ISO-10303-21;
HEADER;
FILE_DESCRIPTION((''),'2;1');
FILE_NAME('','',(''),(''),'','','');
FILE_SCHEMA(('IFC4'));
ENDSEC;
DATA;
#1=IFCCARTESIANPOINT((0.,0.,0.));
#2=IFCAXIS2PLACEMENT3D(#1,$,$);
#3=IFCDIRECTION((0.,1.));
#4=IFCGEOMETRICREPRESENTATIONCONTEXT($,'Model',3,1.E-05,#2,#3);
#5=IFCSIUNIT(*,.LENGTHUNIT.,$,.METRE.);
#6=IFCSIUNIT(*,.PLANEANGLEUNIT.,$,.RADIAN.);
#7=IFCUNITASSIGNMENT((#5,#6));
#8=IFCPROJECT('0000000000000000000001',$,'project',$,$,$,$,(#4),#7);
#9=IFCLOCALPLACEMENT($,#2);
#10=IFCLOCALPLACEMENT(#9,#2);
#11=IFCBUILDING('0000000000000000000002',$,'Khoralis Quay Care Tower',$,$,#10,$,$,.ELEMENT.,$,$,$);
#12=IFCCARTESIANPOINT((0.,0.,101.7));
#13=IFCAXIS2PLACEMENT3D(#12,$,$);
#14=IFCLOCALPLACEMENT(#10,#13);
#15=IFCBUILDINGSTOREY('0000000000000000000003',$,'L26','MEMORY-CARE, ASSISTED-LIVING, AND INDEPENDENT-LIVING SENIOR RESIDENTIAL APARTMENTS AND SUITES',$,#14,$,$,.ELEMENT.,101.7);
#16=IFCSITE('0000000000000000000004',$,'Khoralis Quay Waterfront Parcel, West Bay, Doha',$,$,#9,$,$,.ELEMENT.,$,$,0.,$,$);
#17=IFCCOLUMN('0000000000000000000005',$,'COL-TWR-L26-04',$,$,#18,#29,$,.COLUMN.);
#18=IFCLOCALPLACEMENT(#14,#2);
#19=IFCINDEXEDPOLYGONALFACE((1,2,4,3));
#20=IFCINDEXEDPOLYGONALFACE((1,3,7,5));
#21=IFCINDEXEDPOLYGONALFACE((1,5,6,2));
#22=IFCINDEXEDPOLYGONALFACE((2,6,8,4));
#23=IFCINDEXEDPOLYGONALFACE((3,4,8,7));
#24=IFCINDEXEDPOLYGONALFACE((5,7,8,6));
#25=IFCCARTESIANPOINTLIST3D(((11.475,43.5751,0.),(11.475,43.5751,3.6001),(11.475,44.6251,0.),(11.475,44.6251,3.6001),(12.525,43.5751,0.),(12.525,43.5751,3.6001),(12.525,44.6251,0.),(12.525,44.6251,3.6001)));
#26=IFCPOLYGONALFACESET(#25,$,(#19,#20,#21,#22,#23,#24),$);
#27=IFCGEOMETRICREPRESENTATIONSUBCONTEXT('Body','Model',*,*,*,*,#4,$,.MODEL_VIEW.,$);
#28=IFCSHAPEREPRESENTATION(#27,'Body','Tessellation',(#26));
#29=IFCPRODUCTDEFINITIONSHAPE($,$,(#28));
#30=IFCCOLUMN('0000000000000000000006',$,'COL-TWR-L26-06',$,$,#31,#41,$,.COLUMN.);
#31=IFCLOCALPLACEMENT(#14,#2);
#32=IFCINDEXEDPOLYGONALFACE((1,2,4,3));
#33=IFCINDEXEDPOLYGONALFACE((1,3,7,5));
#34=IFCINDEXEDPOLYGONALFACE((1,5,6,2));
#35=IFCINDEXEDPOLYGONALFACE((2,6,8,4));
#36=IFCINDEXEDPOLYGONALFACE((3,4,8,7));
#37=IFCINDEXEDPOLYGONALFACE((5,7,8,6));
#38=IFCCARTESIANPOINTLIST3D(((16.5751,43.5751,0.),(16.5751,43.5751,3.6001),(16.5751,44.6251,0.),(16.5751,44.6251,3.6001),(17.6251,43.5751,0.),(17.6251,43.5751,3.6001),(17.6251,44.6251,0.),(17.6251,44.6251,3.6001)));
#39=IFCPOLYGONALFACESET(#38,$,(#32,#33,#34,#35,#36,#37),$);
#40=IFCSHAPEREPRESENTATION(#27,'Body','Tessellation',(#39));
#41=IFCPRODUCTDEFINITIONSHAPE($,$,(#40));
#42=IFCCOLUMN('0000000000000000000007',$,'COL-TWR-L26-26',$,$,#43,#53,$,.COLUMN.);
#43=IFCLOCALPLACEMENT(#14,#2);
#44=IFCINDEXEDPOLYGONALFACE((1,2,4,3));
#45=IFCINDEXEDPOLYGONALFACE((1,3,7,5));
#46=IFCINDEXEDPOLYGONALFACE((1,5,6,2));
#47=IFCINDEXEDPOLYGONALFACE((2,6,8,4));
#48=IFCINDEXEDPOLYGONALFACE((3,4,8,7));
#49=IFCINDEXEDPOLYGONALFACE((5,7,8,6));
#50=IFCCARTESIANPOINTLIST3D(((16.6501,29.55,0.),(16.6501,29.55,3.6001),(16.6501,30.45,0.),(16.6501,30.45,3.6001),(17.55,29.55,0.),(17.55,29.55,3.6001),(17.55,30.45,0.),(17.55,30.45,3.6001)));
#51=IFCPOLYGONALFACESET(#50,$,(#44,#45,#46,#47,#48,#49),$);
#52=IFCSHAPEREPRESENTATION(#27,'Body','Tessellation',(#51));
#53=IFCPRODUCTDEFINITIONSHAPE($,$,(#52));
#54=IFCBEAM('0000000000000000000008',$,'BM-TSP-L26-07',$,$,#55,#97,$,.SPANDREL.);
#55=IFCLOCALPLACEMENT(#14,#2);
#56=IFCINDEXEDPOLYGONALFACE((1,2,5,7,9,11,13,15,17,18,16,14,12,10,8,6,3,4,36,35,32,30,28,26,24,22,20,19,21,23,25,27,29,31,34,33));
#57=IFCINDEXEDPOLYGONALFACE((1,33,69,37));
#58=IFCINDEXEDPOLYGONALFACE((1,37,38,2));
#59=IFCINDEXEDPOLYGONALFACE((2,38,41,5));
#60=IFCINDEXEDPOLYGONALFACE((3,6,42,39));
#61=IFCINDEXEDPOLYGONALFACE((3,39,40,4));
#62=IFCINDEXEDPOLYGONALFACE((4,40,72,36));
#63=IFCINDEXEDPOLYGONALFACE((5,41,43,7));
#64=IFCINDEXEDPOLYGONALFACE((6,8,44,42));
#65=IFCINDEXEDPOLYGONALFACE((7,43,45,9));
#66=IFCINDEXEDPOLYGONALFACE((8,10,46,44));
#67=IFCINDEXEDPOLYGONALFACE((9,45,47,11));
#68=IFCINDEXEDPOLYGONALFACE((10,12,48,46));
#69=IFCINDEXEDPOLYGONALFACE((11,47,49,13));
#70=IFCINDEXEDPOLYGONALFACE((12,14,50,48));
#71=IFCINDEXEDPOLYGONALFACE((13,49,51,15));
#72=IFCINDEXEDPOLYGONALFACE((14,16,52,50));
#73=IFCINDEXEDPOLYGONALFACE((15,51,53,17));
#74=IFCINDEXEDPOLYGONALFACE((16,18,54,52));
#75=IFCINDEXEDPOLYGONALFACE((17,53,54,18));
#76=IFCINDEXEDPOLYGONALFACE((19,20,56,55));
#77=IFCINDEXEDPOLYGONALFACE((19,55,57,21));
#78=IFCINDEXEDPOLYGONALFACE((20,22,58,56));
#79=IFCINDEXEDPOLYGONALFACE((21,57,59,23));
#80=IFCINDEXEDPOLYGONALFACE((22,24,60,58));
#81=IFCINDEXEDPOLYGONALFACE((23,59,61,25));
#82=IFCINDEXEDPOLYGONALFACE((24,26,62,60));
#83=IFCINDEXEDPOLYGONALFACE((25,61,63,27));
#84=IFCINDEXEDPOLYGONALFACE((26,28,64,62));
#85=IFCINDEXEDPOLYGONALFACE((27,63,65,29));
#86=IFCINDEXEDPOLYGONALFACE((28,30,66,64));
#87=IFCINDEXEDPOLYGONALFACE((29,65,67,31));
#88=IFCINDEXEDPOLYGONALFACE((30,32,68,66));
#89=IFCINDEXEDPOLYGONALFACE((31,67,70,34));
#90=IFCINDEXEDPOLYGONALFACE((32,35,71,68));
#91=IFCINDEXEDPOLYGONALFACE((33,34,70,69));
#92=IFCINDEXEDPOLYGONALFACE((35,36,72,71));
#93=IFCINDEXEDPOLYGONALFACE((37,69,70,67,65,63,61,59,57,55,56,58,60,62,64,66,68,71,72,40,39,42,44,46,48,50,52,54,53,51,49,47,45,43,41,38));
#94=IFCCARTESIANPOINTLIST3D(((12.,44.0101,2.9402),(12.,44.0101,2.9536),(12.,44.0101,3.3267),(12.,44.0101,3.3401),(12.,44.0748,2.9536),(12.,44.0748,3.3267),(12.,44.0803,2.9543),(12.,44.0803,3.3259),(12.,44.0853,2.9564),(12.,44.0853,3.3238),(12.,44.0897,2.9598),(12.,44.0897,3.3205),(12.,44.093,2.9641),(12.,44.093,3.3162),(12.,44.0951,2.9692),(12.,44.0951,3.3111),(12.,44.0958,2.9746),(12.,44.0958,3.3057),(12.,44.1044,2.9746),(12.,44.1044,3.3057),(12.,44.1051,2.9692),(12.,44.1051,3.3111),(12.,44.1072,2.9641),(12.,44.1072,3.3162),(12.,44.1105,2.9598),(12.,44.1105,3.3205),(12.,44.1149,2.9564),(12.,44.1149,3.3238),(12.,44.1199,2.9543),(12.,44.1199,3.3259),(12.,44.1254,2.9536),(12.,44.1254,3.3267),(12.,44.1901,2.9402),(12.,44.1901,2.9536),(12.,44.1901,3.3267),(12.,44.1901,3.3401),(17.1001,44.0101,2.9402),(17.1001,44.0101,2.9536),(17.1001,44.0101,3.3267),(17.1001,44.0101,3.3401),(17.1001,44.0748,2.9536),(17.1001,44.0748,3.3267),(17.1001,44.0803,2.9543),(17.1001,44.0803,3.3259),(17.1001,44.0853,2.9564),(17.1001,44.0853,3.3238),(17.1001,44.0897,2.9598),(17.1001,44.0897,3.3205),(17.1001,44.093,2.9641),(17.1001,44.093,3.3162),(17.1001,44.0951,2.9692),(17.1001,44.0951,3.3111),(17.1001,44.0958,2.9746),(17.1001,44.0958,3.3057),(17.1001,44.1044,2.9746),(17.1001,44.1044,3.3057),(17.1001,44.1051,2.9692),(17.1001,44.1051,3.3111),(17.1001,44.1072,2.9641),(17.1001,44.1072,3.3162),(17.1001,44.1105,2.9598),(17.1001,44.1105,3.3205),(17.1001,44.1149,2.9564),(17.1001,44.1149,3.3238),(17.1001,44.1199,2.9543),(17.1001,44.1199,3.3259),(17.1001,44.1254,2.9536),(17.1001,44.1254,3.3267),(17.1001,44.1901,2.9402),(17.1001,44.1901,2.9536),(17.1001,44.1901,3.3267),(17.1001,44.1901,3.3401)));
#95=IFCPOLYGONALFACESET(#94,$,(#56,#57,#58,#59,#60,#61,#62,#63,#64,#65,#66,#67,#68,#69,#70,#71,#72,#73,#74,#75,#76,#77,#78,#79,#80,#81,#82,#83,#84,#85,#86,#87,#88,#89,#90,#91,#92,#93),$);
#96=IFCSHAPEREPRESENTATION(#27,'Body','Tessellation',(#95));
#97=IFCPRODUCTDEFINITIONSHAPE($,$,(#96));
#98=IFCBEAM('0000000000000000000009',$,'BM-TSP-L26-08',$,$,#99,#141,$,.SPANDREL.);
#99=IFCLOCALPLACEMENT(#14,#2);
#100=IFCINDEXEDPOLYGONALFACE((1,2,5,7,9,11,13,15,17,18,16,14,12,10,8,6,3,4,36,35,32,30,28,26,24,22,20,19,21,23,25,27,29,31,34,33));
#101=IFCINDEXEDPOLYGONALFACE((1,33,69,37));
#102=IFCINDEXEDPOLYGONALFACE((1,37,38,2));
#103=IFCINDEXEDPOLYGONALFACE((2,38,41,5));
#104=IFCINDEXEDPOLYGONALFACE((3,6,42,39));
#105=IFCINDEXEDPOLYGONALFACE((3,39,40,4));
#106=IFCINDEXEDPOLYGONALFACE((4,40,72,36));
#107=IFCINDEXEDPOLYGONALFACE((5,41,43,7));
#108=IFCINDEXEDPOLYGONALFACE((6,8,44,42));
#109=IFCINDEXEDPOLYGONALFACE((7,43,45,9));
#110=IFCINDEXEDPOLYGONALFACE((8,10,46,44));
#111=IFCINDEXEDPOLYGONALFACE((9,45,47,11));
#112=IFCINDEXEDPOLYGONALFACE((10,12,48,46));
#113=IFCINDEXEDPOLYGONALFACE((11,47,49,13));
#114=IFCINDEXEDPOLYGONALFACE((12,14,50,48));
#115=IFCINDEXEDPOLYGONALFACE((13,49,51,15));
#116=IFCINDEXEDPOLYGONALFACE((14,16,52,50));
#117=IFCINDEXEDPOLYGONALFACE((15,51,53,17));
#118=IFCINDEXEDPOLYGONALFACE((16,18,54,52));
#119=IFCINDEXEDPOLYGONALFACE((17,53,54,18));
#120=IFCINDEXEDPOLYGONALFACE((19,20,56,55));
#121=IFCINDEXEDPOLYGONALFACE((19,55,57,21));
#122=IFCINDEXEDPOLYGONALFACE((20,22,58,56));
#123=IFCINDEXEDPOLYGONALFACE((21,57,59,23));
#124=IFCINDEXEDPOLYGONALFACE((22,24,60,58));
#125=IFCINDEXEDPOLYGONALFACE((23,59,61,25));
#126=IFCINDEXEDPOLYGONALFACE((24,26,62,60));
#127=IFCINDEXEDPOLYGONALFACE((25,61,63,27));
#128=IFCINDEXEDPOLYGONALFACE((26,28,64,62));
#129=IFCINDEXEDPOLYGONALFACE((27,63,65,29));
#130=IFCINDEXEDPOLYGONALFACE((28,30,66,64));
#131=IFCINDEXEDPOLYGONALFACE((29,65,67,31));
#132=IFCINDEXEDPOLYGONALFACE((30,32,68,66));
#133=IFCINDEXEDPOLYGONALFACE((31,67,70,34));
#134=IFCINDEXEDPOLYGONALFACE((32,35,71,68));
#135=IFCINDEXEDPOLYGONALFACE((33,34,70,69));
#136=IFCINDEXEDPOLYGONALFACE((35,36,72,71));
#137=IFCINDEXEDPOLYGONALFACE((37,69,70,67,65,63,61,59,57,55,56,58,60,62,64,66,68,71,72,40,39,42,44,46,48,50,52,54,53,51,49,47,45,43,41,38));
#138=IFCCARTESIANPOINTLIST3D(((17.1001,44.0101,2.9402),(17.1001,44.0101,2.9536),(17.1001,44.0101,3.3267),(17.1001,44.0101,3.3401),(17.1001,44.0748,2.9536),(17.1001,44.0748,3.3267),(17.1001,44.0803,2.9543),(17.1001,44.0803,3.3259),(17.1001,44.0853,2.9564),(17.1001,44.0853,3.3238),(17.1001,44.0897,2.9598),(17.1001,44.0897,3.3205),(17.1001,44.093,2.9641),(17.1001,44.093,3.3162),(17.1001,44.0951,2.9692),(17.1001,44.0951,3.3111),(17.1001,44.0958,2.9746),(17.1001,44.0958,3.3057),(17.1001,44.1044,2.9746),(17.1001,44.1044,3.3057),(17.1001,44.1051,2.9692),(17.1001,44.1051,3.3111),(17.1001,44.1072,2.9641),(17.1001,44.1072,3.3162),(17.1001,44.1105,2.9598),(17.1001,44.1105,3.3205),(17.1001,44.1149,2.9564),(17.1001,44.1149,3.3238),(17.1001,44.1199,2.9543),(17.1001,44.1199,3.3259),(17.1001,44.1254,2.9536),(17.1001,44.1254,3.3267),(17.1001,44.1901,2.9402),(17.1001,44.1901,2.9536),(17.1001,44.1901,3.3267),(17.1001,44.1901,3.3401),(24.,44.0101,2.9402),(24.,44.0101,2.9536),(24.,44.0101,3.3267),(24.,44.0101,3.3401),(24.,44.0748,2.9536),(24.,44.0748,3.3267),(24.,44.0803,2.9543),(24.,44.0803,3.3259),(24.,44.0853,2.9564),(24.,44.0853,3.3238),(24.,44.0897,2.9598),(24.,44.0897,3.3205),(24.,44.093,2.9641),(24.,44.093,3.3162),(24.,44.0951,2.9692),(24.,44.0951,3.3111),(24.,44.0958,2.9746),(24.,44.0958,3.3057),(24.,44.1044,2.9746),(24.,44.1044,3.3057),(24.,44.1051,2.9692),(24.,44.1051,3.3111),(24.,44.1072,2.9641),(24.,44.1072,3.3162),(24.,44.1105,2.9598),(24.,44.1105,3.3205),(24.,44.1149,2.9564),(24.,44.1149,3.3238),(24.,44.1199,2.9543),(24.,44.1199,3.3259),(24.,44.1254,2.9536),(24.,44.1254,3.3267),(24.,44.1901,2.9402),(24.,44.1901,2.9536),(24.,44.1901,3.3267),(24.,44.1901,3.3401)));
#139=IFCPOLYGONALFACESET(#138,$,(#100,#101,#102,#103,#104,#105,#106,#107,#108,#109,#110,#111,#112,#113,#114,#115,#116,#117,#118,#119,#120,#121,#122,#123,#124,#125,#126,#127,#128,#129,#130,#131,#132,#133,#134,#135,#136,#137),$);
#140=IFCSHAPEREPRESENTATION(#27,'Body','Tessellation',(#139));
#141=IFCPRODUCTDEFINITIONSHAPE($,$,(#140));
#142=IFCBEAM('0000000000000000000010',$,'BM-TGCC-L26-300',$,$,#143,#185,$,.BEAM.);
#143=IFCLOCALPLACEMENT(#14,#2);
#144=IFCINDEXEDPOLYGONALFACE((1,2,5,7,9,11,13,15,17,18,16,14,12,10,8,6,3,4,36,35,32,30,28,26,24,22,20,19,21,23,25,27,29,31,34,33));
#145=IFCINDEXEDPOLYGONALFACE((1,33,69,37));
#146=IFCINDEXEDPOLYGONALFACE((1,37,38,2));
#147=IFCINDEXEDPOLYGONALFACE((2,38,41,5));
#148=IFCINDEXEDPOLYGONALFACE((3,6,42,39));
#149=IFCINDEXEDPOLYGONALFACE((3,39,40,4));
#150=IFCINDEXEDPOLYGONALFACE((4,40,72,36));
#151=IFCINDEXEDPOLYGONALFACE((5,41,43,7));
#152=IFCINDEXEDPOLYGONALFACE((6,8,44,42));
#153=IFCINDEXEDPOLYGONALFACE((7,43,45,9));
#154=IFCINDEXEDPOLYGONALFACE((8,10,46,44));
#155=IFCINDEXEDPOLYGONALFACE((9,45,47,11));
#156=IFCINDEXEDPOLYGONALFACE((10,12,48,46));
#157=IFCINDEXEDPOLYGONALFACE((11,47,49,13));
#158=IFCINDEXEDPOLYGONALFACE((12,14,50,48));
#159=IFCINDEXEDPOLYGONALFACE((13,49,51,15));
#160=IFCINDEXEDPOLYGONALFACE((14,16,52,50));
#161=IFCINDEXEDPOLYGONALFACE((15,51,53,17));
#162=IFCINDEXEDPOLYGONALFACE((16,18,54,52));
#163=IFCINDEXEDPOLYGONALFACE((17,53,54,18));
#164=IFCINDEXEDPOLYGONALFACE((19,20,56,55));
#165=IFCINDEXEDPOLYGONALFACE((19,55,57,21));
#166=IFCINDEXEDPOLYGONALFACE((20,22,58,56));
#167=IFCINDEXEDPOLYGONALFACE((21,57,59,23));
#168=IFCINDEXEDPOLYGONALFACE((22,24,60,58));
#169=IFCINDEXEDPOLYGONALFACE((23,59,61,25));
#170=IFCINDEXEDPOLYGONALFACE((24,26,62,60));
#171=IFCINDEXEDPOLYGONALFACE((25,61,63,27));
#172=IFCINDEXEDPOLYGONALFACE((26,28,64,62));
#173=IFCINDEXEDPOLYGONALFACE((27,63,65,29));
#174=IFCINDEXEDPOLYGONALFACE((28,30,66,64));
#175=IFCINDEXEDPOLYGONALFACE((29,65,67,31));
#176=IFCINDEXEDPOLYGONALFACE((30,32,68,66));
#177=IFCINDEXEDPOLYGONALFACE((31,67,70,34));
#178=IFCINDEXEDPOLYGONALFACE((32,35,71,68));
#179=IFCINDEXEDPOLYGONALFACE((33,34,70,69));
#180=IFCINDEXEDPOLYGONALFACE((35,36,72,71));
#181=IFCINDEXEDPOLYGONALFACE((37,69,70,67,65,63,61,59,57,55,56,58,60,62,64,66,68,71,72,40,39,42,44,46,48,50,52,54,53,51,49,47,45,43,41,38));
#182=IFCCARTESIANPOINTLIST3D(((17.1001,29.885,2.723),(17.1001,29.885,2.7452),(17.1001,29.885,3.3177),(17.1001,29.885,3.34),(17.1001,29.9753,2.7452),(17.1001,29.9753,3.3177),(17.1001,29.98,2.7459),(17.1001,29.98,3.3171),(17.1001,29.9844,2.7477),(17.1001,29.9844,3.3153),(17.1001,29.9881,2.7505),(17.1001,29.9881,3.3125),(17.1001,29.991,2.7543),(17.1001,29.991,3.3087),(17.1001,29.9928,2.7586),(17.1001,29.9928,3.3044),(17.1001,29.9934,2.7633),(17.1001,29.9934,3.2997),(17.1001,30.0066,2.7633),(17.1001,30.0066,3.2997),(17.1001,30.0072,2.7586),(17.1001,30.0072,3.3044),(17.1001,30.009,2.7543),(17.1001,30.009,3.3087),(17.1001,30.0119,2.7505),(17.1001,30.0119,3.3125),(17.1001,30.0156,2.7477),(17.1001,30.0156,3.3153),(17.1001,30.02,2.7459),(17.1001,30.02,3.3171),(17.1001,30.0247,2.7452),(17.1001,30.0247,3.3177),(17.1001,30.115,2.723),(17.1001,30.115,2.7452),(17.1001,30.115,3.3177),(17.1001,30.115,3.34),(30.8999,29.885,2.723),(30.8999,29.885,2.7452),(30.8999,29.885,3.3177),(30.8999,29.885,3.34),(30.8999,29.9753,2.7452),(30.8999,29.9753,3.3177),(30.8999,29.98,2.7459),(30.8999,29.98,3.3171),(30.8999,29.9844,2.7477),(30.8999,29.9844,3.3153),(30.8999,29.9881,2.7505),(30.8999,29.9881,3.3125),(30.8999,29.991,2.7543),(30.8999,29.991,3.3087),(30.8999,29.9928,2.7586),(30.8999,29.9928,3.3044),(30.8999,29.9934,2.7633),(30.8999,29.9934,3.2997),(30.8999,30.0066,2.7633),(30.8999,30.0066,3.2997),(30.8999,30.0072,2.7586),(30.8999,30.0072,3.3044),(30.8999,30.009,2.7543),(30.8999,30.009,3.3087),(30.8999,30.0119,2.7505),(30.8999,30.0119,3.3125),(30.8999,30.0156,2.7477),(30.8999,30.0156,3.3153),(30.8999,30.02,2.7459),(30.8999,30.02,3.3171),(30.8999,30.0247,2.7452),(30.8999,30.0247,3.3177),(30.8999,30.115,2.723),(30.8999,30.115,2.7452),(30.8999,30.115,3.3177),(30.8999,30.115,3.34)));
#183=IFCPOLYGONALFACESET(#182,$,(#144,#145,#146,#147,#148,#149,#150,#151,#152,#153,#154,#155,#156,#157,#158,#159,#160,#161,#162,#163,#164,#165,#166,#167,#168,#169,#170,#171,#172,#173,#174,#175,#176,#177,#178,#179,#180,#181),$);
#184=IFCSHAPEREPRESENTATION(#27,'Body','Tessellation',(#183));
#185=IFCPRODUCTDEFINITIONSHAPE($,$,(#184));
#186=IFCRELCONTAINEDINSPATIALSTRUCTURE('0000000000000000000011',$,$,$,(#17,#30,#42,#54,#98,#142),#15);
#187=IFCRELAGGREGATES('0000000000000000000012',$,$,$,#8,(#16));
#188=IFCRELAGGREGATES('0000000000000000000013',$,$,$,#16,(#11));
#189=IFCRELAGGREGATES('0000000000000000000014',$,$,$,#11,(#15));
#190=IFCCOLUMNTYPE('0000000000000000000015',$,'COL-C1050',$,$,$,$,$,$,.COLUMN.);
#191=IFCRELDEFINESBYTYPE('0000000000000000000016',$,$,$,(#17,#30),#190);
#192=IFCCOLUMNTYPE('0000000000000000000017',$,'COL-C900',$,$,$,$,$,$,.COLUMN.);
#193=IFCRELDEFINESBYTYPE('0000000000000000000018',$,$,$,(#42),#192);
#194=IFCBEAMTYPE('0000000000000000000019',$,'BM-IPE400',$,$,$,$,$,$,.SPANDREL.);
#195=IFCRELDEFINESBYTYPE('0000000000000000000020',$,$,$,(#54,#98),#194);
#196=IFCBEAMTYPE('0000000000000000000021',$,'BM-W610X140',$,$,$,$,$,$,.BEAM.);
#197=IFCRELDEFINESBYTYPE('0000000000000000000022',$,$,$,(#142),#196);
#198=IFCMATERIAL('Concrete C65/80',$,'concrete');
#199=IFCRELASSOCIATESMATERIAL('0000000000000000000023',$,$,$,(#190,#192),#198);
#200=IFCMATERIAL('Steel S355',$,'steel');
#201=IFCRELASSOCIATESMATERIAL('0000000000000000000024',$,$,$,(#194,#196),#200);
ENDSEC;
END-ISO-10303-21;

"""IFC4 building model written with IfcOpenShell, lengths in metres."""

from ifc_helpers import new_model, si_unit, direction, frame, origin, origin_2d, place, context, subcontext, project, spatial, rectangle, i_section, extrude, source, transform, mapped, material, material_profile, profile_set, type_object, element, save


model = new_model("IFC4")

# Units and contexts
model_context = context("Model", 3, precision=1e-05, world=origin(), true_north=direction((0.0, 1.0)))
body_context = subcontext(model_context, "Body", "Model", "MODEL_VIEW")
ifc_project = project(units=[si_unit("LENGTHUNIT", "METRE"), si_unit("PLANEANGLEUNIT", "RADIAN")], contexts=[model_context])

# Site, building, storey
site_placement = place(None, origin())
site = spatial("IfcSite", under=ifc_project, at=site_placement, Name="Khoralis Quay Waterfront Parcel, West Bay, Doha", CompositionType="ELEMENT", RefElevation=0.0)
building_placement = place(site_placement, origin())
building = spatial("IfcBuilding", under=site, at=building_placement, Name="Khoralis Quay Care Tower", CompositionType="ELEMENT")
storey_placement = place(building_placement, frame((0.0, 0.0, 101.7)))
storey = spatial("IfcBuildingStorey", under=building, at=storey_placement, Name="L26", Description="MEMORY-CARE, ASSISTED-LIVING, AND INDEPENDENT-LIVING SENIOR RESIDENTIAL APARTMENTS AND SUITES", CompositionType="ELEMENT", Elevation=101.7)

# Columns
ifc_material_1 = material(Name="Concrete C65/80", Category="concrete")
ifc_material_profile_1 = material_profile(ifc_material_1, rectangle(XDim=1.05, YDim=1.05, at=origin_2d()), Name="Concrete C65/80")
ifc_profile_set_1 = profile_set([ifc_material_profile_1], Name="Concrete C65/80")
column_type_1 = type_object("IfcColumnType", Name="COL-C1050", PredefinedType="COLUMN", material=ifc_profile_set_1)
shared_shape_1 = source(origin(), body_context, "Body", "SweptSolid", [
    extrude(rectangle(XDim=1.05, YDim=1.05, at=origin_2d()), origin(), (0.0, 0.0, 1.0), 3.6001),
])
for number, where, z_axis, x_axis, name in (
    (1, (12.0, 44.1001, 0.0), (0.0, 0.0, 1.0), (1.0, 0.0, 0.0), "COL-TWR-L26-04"),
    (2, (17.1001, 44.1001, 0.0), (0.0, 0.0, 1.0), (1.0, 0.0, 0.0), "COL-TWR-L26-06"),
):
    element("IfcColumn", number, at=place(storey_placement, frame(where, z_axis=z_axis, x_axis=x_axis)), inside=storey, type_object=column_type_1, Name=name, PredefinedType="COLUMN", context=body_context, shape_type="MappedRepresentation", body=[
        mapped(shared_shape_1, transform((0.0, 0.0, 0.0), scale=1.0)),
    ])
ifc_material_profile_2 = material_profile(ifc_material_1, rectangle(XDim=0.8999, YDim=0.8999, at=origin_2d()), Name="Concrete C65/80")
ifc_profile_set_2 = profile_set([ifc_material_profile_2], Name="Concrete C65/80")
column_type_2 = type_object("IfcColumnType", Name="COL-C900", PredefinedType="COLUMN", material=ifc_profile_set_2)
shared_shape_2 = source(origin(), body_context, "Body", "SweptSolid", [
    extrude(rectangle(XDim=0.8999, YDim=0.8999, at=origin_2d()), origin(), (0.0, 0.0, 1.0), 3.6001),
])
column_placement = place(storey_placement, frame((17.1001, 30.0, 0.0), z_axis=(0.0, 0.0, 1.0), x_axis=(1.0, 0.0, 0.0)))
element("IfcColumn", 3, at=column_placement, inside=storey, type_object=column_type_2, Name="COL-TWR-L26-26", PredefinedType="COLUMN", context=body_context, shape_type="MappedRepresentation", body=[
    mapped(shared_shape_2, transform((0.0, 0.0, 0.0), scale=1.0)),
])

# Beams
ifc_material_2 = material(Name="Steel S355", Category="steel")
ifc_material_profile_3 = material_profile(ifc_material_2, i_section(OverallWidth=0.1799, OverallDepth=0.3999, WebThickness=0.0085, FlangeThickness=0.0134, FilletRadius=0.021, at=origin_2d()), Name="Steel S355")
ifc_profile_set_3 = profile_set([ifc_material_profile_3], Name="Steel S355")
beam_type_1 = type_object("IfcBeamType", Name="BM-IPE400", PredefinedType="SPANDREL", material=ifc_profile_set_3)
shared_shape_3 = source(origin(), body_context, "Body", "SweptSolid", [
    extrude(i_section(OverallWidth=0.1799, OverallDepth=0.3999, WebThickness=0.0085, FlangeThickness=0.0134, FilletRadius=0.021, at=origin_2d()), origin(), (0.0, 0.0, 1.0), 5.1001),
])
beam_1_placement = place(storey_placement, frame((12.0, 44.1001, 3.1401), z_axis=(1.0, 0.0, 0.0), x_axis=(0.0, 1.0, 0.0)))
element("IfcBeam", 4, at=beam_1_placement, inside=storey, type_object=beam_type_1, Name="BM-TSP-L26-07", PredefinedType="SPANDREL", context=body_context, shape_type="MappedRepresentation", body=[
    mapped(shared_shape_3, transform((0.0, 0.0, 0.0), scale=1.0)),
])
shared_shape_4 = source(origin(), body_context, "Body", "SweptSolid", [
    extrude(i_section(OverallWidth=0.1799, OverallDepth=0.3999, WebThickness=0.0085, FlangeThickness=0.0134, FilletRadius=0.021, at=origin_2d()), origin(), (0.0, 0.0, 1.0), 6.8999),
])
beam_2_placement = place(storey_placement, frame((17.1001, 44.1001, 3.1401), z_axis=(1.0, 0.0, 0.0), x_axis=(0.0, 1.0, 0.0)))
element("IfcBeam", 5, at=beam_2_placement, inside=storey, type_object=beam_type_1, Name="BM-TSP-L26-08", PredefinedType="SPANDREL", context=body_context, shape_type="MappedRepresentation", body=[
    mapped(shared_shape_4, transform((0.0, 0.0, 0.0), scale=1.0)),
])
ifc_material_profile_4 = material_profile(ifc_material_2, i_section(OverallWidth=0.23, OverallDepth=0.6169, WebThickness=0.0132, FlangeThickness=0.0222, FilletRadius=0.0181, at=origin_2d()), Name="Steel S355")
ifc_profile_set_4 = profile_set([ifc_material_profile_4], Name="Steel S355")
beam_type_2 = type_object("IfcBeamType", Name="BM-W610X140", PredefinedType="BEAM", material=ifc_profile_set_4)
shared_shape_5 = source(origin(), body_context, "Body", "SweptSolid", [
    extrude(i_section(OverallWidth=0.23, OverallDepth=0.6169, WebThickness=0.0132, FlangeThickness=0.0222, FilletRadius=0.0181, at=origin_2d()), origin(), (0.0, 0.0, 1.0), 13.7998),
])
beam_3_placement = place(storey_placement, frame((17.1001, 30.0, 3.0315), z_axis=(1.0, 0.0, 0.0), x_axis=(0.0, 1.0, 0.0)))
element("IfcBeam", 6, at=beam_3_placement, inside=storey, type_object=beam_type_2, Name="BM-TGCC-L26-300", PredefinedType="BEAM", context=body_context, shape_type="MappedRepresentation", body=[
    mapped(shared_shape_5, transform((0.0, 0.0, 0.0), scale=1.0)),
])

save(model, "model.ifc")
